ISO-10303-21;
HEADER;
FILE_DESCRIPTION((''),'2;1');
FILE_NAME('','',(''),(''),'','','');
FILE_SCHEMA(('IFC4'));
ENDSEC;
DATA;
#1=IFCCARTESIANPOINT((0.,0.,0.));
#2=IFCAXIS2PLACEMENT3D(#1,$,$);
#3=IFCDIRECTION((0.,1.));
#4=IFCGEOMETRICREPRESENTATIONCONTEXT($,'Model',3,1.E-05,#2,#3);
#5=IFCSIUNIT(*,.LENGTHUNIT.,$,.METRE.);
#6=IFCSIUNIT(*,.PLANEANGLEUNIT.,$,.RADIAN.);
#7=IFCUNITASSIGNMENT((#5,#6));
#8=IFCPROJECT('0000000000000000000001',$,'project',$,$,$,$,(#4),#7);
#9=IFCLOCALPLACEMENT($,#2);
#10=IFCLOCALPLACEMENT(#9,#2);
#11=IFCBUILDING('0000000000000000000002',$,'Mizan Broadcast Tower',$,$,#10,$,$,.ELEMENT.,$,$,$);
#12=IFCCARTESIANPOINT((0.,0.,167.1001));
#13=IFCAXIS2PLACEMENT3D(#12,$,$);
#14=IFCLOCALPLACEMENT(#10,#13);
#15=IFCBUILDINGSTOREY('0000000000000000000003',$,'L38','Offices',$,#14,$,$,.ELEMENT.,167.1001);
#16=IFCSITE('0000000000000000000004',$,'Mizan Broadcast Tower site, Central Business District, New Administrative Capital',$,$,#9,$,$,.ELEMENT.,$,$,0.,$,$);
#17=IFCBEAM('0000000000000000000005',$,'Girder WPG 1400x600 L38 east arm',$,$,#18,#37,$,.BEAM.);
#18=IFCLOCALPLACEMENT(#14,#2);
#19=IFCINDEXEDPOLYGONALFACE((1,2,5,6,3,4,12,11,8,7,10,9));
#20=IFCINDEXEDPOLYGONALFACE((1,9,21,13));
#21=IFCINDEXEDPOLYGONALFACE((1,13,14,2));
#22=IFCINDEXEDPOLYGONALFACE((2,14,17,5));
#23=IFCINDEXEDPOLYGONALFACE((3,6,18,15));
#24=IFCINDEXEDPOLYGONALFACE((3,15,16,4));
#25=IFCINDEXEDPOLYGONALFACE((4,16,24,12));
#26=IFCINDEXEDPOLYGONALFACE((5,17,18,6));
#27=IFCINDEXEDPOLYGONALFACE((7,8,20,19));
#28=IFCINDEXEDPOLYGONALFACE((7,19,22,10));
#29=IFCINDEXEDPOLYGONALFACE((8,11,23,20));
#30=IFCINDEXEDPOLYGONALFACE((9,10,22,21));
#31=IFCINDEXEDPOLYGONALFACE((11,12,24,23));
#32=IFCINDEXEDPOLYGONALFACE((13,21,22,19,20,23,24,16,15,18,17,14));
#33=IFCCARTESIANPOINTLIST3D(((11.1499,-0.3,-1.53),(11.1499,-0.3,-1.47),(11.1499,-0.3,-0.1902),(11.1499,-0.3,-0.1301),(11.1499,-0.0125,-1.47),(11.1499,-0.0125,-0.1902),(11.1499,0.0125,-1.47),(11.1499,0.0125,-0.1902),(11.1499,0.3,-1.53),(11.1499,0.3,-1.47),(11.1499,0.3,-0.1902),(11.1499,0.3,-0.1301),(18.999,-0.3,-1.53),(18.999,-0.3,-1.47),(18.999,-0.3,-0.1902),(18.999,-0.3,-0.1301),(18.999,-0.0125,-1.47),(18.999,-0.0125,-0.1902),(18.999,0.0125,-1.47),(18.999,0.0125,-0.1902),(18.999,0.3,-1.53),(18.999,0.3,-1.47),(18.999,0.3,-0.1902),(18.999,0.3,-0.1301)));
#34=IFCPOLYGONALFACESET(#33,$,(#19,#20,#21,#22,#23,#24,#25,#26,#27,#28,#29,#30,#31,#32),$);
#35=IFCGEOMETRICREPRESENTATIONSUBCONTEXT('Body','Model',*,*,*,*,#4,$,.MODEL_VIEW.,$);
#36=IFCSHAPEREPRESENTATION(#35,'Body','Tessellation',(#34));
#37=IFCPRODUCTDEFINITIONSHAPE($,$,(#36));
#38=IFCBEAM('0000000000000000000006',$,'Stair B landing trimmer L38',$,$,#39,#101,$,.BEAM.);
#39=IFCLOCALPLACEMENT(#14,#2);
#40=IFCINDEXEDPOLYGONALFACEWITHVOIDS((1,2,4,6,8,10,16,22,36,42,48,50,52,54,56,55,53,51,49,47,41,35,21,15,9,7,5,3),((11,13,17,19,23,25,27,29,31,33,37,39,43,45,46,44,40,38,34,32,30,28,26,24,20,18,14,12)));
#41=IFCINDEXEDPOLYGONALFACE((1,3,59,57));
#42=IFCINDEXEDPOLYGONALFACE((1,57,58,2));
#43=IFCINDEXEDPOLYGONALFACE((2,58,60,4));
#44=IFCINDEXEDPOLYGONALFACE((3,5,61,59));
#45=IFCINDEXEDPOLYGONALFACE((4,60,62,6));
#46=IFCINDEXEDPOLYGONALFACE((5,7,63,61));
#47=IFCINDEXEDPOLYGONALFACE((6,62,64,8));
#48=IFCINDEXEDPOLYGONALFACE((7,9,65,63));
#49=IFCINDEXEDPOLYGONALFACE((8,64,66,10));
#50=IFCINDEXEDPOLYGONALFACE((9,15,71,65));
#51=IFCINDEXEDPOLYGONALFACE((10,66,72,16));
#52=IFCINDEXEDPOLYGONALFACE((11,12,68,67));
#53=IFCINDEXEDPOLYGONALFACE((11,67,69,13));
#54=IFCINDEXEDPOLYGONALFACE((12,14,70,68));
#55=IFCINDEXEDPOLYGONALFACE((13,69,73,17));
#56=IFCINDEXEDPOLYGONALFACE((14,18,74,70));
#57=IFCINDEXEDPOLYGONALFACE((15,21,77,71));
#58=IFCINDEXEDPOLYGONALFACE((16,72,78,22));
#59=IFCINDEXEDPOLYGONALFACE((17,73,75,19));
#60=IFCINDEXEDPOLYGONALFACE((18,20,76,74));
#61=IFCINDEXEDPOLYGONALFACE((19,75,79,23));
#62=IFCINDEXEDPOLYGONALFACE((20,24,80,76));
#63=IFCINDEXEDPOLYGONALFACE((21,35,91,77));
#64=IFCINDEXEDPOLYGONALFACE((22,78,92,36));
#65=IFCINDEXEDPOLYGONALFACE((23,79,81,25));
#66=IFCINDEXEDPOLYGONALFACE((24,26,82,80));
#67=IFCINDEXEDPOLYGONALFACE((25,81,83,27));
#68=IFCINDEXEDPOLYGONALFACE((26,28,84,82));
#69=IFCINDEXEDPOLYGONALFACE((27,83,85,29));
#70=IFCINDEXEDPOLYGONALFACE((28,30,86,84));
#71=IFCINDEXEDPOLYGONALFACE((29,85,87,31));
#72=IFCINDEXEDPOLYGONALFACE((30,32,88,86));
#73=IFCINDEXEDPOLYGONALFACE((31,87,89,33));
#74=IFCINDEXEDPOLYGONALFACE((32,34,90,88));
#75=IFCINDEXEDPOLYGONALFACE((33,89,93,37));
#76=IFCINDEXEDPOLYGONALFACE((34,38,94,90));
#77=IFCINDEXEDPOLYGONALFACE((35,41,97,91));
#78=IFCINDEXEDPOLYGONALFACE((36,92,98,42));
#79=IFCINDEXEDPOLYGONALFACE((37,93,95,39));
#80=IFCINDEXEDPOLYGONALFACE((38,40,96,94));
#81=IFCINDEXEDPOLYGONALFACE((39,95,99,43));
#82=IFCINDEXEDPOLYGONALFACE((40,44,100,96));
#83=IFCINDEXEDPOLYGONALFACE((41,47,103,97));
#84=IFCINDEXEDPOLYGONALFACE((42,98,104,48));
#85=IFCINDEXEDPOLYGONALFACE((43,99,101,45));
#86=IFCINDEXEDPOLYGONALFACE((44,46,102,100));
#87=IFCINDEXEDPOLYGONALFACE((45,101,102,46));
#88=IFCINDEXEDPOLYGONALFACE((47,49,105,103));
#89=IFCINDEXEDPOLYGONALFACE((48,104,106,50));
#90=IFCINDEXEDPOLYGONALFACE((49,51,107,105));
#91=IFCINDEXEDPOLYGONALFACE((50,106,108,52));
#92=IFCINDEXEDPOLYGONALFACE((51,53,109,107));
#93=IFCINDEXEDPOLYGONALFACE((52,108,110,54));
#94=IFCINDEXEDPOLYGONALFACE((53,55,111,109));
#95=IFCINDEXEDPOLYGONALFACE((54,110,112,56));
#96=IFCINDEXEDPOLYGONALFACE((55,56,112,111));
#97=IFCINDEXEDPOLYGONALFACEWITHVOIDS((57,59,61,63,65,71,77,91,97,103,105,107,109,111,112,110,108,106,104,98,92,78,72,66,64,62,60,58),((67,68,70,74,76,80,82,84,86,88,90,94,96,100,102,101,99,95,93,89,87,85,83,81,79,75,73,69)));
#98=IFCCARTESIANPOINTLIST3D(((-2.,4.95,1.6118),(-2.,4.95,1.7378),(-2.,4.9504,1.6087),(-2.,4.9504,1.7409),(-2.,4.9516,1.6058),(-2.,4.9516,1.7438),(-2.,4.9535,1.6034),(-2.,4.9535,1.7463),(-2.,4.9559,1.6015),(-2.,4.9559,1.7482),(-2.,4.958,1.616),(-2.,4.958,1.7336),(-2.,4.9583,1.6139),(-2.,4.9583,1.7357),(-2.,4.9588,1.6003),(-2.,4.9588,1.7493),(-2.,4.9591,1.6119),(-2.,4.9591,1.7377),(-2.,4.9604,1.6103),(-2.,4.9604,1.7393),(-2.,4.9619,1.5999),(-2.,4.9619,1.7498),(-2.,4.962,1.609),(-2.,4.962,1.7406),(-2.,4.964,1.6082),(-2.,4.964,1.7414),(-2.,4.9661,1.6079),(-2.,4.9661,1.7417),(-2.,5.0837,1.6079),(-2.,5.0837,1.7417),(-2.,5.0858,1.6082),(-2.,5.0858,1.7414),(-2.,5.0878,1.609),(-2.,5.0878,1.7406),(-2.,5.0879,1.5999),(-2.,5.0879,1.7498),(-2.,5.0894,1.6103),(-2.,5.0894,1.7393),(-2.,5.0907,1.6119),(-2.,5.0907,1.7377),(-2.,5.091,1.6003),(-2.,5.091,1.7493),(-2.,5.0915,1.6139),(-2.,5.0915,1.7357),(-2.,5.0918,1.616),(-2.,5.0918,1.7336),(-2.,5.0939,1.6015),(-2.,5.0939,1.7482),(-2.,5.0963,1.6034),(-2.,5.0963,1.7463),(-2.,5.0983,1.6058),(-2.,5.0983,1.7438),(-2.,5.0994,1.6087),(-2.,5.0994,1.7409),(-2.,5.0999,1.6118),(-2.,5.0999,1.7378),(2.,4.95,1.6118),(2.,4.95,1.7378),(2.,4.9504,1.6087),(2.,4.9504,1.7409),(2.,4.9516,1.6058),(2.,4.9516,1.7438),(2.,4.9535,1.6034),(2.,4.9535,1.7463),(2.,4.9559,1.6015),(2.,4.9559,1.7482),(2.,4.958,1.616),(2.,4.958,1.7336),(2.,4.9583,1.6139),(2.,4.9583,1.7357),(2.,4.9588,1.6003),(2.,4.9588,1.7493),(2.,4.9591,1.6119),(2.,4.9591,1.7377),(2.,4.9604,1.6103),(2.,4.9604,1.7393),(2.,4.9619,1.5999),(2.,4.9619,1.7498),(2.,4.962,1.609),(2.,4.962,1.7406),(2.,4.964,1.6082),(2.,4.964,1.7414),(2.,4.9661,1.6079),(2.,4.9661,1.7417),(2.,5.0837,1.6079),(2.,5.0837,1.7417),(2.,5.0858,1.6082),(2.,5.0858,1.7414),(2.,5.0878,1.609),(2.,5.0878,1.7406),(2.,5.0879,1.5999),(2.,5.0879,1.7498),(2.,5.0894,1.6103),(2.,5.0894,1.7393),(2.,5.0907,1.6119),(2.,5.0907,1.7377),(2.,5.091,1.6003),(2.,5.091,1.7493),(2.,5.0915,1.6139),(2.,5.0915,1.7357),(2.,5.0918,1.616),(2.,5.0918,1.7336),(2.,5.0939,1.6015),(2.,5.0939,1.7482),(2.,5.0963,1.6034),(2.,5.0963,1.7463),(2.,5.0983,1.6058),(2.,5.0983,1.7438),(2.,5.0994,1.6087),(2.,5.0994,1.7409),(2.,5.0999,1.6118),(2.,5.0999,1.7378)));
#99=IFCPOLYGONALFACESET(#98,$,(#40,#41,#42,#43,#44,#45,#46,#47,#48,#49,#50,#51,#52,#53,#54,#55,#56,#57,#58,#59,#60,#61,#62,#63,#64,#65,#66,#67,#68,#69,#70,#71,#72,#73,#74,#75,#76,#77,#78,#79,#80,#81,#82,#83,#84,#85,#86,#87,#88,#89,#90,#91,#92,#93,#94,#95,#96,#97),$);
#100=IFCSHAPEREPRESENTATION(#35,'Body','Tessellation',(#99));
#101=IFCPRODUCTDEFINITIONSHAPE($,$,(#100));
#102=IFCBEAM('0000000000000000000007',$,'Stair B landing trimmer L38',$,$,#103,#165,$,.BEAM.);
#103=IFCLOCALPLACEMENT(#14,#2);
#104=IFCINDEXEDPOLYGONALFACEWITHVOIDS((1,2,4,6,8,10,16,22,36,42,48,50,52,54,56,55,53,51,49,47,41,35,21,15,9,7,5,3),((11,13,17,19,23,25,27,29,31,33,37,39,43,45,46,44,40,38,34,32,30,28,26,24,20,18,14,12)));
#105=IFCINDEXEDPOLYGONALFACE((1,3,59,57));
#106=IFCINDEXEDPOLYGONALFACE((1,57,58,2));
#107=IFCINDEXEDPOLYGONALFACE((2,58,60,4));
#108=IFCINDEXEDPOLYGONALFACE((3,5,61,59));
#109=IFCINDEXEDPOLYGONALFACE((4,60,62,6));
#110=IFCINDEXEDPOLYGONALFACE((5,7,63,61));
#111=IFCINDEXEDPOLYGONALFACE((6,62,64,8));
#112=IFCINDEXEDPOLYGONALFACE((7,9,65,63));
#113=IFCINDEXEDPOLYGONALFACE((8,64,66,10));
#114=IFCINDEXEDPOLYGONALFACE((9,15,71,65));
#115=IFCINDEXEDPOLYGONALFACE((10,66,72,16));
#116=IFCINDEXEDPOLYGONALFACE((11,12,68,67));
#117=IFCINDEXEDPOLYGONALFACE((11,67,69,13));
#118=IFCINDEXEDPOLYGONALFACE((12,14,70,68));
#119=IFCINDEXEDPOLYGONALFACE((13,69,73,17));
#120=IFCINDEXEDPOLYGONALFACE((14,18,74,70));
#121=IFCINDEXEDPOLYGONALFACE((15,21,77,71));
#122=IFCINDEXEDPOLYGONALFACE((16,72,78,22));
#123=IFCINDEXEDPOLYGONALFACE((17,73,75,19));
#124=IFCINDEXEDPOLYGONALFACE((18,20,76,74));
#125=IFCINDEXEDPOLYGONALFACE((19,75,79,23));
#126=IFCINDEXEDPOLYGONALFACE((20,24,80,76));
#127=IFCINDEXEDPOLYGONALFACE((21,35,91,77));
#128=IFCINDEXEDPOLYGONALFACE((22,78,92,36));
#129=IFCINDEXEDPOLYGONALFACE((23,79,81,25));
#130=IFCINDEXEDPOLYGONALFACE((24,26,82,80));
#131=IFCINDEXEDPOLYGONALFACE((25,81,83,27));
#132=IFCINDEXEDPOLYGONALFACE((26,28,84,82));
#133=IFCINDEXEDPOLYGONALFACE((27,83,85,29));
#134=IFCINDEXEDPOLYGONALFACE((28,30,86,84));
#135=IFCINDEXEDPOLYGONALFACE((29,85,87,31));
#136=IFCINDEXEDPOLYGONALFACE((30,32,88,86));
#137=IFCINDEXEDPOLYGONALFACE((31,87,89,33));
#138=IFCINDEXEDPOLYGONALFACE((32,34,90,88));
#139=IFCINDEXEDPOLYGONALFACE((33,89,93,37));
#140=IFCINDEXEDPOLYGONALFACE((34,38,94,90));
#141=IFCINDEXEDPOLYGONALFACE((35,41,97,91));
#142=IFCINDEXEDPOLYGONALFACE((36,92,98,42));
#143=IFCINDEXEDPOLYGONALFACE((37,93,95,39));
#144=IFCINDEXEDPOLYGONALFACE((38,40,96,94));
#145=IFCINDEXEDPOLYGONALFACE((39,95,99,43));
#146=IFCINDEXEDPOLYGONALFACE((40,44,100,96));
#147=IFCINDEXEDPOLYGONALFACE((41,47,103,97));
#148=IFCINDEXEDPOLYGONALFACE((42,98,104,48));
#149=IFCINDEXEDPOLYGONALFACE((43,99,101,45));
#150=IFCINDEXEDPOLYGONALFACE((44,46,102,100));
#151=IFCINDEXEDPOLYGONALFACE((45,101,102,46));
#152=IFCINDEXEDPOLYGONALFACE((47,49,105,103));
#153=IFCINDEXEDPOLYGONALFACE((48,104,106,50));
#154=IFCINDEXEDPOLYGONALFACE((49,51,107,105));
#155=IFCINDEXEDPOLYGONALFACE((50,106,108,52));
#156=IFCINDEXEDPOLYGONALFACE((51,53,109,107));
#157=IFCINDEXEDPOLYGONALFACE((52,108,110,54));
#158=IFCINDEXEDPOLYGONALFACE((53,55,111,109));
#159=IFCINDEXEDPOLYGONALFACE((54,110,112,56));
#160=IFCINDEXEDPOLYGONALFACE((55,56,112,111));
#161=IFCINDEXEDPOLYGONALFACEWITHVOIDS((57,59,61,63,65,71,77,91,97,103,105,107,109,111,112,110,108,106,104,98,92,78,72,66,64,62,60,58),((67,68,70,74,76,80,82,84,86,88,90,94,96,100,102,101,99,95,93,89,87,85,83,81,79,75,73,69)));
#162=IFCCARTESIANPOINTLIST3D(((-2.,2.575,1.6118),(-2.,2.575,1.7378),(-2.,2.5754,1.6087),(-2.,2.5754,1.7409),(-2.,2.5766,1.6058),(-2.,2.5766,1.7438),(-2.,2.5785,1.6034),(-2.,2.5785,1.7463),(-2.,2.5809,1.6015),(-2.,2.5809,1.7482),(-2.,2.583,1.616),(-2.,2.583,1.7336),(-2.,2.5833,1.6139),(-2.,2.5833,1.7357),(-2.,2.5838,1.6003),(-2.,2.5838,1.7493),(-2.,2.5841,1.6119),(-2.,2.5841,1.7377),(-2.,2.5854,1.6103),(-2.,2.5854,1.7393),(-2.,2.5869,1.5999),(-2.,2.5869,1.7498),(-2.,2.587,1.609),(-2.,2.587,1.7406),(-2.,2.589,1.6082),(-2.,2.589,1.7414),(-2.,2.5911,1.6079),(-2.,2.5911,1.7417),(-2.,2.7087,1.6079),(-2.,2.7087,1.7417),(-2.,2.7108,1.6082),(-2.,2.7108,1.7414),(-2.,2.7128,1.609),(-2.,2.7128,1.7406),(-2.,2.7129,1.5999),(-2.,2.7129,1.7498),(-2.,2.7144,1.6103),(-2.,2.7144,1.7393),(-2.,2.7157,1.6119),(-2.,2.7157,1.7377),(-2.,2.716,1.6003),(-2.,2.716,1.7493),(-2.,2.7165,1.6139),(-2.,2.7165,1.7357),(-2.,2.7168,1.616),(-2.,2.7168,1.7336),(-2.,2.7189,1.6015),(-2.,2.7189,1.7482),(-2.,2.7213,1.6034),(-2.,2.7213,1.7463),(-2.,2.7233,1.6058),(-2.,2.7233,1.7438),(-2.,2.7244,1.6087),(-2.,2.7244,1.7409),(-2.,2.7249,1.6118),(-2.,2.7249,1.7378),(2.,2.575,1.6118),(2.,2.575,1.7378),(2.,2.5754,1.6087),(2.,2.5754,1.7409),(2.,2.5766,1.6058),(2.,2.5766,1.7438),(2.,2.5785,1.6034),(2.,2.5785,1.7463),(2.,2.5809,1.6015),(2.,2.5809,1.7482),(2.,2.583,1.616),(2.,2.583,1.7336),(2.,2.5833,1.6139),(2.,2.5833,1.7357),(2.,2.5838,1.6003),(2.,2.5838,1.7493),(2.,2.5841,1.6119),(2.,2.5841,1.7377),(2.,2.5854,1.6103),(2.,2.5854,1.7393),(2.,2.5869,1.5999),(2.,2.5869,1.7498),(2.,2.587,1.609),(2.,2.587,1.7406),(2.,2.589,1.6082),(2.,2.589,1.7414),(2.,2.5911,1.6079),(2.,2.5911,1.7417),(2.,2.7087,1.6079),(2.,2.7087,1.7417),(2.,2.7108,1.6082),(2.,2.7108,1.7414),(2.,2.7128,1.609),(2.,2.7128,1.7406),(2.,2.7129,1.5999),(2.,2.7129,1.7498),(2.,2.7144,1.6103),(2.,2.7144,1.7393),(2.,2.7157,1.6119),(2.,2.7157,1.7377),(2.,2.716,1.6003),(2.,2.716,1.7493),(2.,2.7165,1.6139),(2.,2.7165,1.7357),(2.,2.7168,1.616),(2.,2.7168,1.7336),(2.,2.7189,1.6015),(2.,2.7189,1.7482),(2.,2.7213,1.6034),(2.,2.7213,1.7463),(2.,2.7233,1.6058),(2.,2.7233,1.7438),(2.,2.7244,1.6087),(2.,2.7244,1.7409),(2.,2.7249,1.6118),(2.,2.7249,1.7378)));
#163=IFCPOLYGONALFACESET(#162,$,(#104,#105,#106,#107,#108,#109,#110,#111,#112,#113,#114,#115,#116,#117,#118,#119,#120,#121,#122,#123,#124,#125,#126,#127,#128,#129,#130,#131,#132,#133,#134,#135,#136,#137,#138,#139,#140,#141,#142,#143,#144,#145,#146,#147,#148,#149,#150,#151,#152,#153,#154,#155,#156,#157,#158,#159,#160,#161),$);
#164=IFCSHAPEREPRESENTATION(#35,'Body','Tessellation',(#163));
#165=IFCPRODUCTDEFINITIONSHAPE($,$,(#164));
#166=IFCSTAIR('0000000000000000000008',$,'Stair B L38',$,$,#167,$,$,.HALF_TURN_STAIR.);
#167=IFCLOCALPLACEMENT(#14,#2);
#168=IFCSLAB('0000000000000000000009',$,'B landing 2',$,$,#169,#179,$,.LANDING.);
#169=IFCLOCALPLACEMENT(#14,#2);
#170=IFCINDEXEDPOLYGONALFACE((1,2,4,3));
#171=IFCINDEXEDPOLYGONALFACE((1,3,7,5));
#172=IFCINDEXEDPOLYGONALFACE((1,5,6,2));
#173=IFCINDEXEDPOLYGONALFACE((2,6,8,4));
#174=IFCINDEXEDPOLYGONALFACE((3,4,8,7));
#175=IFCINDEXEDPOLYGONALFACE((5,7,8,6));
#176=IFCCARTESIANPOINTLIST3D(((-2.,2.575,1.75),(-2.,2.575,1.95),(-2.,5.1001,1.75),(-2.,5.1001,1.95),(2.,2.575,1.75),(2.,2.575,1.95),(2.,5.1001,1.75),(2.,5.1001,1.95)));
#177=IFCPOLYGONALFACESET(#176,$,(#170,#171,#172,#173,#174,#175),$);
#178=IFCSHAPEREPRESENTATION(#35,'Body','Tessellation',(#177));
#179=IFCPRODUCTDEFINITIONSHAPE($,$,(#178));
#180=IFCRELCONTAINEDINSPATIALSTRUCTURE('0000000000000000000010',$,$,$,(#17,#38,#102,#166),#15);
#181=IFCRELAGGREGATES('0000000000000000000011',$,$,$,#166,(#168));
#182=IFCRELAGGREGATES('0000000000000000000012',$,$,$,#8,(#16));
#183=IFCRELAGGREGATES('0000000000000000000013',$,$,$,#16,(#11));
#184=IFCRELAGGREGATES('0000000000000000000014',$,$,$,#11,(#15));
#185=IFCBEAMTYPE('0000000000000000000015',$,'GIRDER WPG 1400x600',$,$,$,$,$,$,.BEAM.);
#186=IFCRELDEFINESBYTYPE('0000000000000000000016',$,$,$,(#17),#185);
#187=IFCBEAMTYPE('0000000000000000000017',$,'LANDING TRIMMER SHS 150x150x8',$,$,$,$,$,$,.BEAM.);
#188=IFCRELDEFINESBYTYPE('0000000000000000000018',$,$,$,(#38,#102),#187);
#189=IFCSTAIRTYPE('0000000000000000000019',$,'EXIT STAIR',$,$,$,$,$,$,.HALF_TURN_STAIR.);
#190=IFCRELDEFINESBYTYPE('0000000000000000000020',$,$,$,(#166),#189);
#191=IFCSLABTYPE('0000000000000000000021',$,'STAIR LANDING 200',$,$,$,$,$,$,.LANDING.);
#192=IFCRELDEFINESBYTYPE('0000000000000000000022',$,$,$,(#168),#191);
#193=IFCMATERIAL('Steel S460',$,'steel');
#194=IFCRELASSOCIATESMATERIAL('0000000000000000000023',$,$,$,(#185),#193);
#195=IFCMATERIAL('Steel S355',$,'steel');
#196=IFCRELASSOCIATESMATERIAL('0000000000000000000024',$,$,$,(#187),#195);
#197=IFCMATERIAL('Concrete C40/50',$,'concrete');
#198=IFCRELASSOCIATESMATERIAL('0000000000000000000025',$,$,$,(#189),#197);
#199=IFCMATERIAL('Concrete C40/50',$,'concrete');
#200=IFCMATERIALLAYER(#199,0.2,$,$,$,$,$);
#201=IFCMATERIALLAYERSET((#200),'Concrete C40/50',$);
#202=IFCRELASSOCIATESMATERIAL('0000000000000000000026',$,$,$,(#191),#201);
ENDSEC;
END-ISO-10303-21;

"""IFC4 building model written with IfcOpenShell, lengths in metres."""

from ifc_helpers import new_model, si_unit, direction, frame, origin, origin_2d, place, context, subcontext, project, spatial, polyline, hollow_rectangle, i_section, outline, extrude, material, layer, layer_set, material_profile, profile_set, type_object, element, aggregate, save


model = new_model("IFC4")

# Units and contexts
model_context = context("Model", 3, precision=1e-05, world=origin(), true_north=direction((0.0, 1.0)))
body_context = subcontext(model_context, "Body", "Model", "MODEL_VIEW")
ifc_project = project(units=[si_unit("LENGTHUNIT", "METRE"), si_unit("PLANEANGLEUNIT", "RADIAN")], contexts=[model_context])

# Site, building, storey
site_placement = place(None, origin())
site = spatial("IfcSite", under=ifc_project, at=site_placement, Name="Mizan Broadcast Tower site, Central Business District, New Administrative Capital", CompositionType="ELEMENT", RefElevation=0.0)
building_placement = place(site_placement, origin())
building = spatial("IfcBuilding", under=site, at=building_placement, Name="Mizan Broadcast Tower", CompositionType="ELEMENT")
storey_placement = place(building_placement, frame((0.0, 0.0, 167.1001)))
storey = spatial("IfcBuildingStorey", under=building, at=storey_placement, Name="L38", Description="Offices", CompositionType="ELEMENT", Elevation=167.1001)

# Beams
ifc_material_1 = material(Name="Steel S460", Category="steel")
ifc_material_profile_1 = material_profile(ifc_material_1, i_section(OverallWidth=0.6001, OverallDepth=1.3999, WebThickness=0.0249, FlangeThickness=0.0601, at=origin_2d()), Name="WPG 1400x600")
ifc_profile_set_1 = profile_set([ifc_material_profile_1], Name="Steel S460")
beam_type_1 = type_object("IfcBeamType", Name="GIRDER WPG 1400x600", PredefinedType="BEAM", material=ifc_profile_set_1)
beam_placement = place(storey_placement, frame((11.1499, 0.0, -0.8301), z_axis=(1.0, 0.0, 0.0), x_axis=(0.0, 1.0, 0.0)))
element("IfcBeam", 1, at=beam_placement, inside=storey, type_object=beam_type_1, Name="Girder WPG 1400x600 L38 east arm", PredefinedType="BEAM", context=body_context, shape_type="SweptSolid", body=[
    extrude(i_section(OverallWidth=0.6001, OverallDepth=1.3999, WebThickness=0.0249, FlangeThickness=0.0601, at=origin_2d()), origin(), (0.0, 0.0, 1.0), 7.8491),
])
ifc_material_2 = material(Name="Steel S355", Category="steel")
ifc_material_profile_2 = material_profile(ifc_material_2, hollow_rectangle(XDim=0.1499, YDim=0.1499, WallThickness=0.0081, InnerFilletRadius=0.0081, OuterFilletRadius=0.012, at=origin_2d()), Name="SHS 150x150x8")
ifc_profile_set_2 = profile_set([ifc_material_profile_2], Name="Steel S355")
beam_type_2 = type_object("IfcBeamType", Name="LANDING TRIMMER SHS 150x150x8", PredefinedType="BEAM", material=ifc_profile_set_2)
for number, where, z_axis, x_axis, name in (
    (2, (2.0, 5.0249, 1.6748), (-1.0, 0.0, 0.0), (0.0, -1.0, 0.0), "Stair B landing trimmer L38"),
    (3, (2.0, 2.6499, 1.6748), (-1.0, 0.0, 0.0), (0.0, -1.0, 0.0), "Stair B landing trimmer L38"),
):
    element("IfcBeam", number, at=place(storey_placement, frame(where, z_axis=z_axis, x_axis=x_axis)), inside=storey, type_object=beam_type_2, Name=name, PredefinedType="BEAM", context=body_context, shape_type="SweptSolid", body=[
        extrude(hollow_rectangle(XDim=0.1499, YDim=0.1499, WallThickness=0.0081, InnerFilletRadius=0.0081, OuterFilletRadius=0.012, at=origin_2d()), origin(), (0.0, 0.0, 1.0), 4.0),
    ])

# Stair, slab
ifc_material_3 = material(Name="Concrete C40/50", Category="concrete")
stair_type = type_object("IfcStairType", Name="EXIT STAIR", PredefinedType="HALF_TURN_STAIR", material=ifc_material_3)
stair_placement = place(storey_placement, origin())
stair = element("IfcStair", 4, at=stair_placement, inside=storey, type_object=stair_type, Name="Stair B L38", PredefinedType="HALF_TURN_STAIR")
ifc_material_4 = material(Name="Concrete C40/50", Category="concrete")
ifc_layer_1 = layer(ifc_material_4, 0.2)
ifc_layer_set_1 = layer_set([ifc_layer_1], Name="Concrete C40/50")
slab_type = type_object("IfcSlabType", Name="STAIR LANDING 200", PredefinedType="LANDING", material=ifc_layer_set_1)
slab_placement = place(storey_placement, frame((0.0, 0.0, 1.75)))
slab = element("IfcSlab", 5, at=slab_placement, type_object=slab_type, Name="B landing 2", PredefinedType="LANDING", context=body_context, shape_type="SweptSolid", body=[
    extrude(outline(polyline([(2.0, 5.1001), (2.0, 2.575), (-2.0, 2.575), (-2.0, 5.1001), (2.0, 5.1001)])), origin(), (0.0, 0.0, 1.0), 0.2),
])

aggregate(stair, [slab])

save(model, "model.ifc")
